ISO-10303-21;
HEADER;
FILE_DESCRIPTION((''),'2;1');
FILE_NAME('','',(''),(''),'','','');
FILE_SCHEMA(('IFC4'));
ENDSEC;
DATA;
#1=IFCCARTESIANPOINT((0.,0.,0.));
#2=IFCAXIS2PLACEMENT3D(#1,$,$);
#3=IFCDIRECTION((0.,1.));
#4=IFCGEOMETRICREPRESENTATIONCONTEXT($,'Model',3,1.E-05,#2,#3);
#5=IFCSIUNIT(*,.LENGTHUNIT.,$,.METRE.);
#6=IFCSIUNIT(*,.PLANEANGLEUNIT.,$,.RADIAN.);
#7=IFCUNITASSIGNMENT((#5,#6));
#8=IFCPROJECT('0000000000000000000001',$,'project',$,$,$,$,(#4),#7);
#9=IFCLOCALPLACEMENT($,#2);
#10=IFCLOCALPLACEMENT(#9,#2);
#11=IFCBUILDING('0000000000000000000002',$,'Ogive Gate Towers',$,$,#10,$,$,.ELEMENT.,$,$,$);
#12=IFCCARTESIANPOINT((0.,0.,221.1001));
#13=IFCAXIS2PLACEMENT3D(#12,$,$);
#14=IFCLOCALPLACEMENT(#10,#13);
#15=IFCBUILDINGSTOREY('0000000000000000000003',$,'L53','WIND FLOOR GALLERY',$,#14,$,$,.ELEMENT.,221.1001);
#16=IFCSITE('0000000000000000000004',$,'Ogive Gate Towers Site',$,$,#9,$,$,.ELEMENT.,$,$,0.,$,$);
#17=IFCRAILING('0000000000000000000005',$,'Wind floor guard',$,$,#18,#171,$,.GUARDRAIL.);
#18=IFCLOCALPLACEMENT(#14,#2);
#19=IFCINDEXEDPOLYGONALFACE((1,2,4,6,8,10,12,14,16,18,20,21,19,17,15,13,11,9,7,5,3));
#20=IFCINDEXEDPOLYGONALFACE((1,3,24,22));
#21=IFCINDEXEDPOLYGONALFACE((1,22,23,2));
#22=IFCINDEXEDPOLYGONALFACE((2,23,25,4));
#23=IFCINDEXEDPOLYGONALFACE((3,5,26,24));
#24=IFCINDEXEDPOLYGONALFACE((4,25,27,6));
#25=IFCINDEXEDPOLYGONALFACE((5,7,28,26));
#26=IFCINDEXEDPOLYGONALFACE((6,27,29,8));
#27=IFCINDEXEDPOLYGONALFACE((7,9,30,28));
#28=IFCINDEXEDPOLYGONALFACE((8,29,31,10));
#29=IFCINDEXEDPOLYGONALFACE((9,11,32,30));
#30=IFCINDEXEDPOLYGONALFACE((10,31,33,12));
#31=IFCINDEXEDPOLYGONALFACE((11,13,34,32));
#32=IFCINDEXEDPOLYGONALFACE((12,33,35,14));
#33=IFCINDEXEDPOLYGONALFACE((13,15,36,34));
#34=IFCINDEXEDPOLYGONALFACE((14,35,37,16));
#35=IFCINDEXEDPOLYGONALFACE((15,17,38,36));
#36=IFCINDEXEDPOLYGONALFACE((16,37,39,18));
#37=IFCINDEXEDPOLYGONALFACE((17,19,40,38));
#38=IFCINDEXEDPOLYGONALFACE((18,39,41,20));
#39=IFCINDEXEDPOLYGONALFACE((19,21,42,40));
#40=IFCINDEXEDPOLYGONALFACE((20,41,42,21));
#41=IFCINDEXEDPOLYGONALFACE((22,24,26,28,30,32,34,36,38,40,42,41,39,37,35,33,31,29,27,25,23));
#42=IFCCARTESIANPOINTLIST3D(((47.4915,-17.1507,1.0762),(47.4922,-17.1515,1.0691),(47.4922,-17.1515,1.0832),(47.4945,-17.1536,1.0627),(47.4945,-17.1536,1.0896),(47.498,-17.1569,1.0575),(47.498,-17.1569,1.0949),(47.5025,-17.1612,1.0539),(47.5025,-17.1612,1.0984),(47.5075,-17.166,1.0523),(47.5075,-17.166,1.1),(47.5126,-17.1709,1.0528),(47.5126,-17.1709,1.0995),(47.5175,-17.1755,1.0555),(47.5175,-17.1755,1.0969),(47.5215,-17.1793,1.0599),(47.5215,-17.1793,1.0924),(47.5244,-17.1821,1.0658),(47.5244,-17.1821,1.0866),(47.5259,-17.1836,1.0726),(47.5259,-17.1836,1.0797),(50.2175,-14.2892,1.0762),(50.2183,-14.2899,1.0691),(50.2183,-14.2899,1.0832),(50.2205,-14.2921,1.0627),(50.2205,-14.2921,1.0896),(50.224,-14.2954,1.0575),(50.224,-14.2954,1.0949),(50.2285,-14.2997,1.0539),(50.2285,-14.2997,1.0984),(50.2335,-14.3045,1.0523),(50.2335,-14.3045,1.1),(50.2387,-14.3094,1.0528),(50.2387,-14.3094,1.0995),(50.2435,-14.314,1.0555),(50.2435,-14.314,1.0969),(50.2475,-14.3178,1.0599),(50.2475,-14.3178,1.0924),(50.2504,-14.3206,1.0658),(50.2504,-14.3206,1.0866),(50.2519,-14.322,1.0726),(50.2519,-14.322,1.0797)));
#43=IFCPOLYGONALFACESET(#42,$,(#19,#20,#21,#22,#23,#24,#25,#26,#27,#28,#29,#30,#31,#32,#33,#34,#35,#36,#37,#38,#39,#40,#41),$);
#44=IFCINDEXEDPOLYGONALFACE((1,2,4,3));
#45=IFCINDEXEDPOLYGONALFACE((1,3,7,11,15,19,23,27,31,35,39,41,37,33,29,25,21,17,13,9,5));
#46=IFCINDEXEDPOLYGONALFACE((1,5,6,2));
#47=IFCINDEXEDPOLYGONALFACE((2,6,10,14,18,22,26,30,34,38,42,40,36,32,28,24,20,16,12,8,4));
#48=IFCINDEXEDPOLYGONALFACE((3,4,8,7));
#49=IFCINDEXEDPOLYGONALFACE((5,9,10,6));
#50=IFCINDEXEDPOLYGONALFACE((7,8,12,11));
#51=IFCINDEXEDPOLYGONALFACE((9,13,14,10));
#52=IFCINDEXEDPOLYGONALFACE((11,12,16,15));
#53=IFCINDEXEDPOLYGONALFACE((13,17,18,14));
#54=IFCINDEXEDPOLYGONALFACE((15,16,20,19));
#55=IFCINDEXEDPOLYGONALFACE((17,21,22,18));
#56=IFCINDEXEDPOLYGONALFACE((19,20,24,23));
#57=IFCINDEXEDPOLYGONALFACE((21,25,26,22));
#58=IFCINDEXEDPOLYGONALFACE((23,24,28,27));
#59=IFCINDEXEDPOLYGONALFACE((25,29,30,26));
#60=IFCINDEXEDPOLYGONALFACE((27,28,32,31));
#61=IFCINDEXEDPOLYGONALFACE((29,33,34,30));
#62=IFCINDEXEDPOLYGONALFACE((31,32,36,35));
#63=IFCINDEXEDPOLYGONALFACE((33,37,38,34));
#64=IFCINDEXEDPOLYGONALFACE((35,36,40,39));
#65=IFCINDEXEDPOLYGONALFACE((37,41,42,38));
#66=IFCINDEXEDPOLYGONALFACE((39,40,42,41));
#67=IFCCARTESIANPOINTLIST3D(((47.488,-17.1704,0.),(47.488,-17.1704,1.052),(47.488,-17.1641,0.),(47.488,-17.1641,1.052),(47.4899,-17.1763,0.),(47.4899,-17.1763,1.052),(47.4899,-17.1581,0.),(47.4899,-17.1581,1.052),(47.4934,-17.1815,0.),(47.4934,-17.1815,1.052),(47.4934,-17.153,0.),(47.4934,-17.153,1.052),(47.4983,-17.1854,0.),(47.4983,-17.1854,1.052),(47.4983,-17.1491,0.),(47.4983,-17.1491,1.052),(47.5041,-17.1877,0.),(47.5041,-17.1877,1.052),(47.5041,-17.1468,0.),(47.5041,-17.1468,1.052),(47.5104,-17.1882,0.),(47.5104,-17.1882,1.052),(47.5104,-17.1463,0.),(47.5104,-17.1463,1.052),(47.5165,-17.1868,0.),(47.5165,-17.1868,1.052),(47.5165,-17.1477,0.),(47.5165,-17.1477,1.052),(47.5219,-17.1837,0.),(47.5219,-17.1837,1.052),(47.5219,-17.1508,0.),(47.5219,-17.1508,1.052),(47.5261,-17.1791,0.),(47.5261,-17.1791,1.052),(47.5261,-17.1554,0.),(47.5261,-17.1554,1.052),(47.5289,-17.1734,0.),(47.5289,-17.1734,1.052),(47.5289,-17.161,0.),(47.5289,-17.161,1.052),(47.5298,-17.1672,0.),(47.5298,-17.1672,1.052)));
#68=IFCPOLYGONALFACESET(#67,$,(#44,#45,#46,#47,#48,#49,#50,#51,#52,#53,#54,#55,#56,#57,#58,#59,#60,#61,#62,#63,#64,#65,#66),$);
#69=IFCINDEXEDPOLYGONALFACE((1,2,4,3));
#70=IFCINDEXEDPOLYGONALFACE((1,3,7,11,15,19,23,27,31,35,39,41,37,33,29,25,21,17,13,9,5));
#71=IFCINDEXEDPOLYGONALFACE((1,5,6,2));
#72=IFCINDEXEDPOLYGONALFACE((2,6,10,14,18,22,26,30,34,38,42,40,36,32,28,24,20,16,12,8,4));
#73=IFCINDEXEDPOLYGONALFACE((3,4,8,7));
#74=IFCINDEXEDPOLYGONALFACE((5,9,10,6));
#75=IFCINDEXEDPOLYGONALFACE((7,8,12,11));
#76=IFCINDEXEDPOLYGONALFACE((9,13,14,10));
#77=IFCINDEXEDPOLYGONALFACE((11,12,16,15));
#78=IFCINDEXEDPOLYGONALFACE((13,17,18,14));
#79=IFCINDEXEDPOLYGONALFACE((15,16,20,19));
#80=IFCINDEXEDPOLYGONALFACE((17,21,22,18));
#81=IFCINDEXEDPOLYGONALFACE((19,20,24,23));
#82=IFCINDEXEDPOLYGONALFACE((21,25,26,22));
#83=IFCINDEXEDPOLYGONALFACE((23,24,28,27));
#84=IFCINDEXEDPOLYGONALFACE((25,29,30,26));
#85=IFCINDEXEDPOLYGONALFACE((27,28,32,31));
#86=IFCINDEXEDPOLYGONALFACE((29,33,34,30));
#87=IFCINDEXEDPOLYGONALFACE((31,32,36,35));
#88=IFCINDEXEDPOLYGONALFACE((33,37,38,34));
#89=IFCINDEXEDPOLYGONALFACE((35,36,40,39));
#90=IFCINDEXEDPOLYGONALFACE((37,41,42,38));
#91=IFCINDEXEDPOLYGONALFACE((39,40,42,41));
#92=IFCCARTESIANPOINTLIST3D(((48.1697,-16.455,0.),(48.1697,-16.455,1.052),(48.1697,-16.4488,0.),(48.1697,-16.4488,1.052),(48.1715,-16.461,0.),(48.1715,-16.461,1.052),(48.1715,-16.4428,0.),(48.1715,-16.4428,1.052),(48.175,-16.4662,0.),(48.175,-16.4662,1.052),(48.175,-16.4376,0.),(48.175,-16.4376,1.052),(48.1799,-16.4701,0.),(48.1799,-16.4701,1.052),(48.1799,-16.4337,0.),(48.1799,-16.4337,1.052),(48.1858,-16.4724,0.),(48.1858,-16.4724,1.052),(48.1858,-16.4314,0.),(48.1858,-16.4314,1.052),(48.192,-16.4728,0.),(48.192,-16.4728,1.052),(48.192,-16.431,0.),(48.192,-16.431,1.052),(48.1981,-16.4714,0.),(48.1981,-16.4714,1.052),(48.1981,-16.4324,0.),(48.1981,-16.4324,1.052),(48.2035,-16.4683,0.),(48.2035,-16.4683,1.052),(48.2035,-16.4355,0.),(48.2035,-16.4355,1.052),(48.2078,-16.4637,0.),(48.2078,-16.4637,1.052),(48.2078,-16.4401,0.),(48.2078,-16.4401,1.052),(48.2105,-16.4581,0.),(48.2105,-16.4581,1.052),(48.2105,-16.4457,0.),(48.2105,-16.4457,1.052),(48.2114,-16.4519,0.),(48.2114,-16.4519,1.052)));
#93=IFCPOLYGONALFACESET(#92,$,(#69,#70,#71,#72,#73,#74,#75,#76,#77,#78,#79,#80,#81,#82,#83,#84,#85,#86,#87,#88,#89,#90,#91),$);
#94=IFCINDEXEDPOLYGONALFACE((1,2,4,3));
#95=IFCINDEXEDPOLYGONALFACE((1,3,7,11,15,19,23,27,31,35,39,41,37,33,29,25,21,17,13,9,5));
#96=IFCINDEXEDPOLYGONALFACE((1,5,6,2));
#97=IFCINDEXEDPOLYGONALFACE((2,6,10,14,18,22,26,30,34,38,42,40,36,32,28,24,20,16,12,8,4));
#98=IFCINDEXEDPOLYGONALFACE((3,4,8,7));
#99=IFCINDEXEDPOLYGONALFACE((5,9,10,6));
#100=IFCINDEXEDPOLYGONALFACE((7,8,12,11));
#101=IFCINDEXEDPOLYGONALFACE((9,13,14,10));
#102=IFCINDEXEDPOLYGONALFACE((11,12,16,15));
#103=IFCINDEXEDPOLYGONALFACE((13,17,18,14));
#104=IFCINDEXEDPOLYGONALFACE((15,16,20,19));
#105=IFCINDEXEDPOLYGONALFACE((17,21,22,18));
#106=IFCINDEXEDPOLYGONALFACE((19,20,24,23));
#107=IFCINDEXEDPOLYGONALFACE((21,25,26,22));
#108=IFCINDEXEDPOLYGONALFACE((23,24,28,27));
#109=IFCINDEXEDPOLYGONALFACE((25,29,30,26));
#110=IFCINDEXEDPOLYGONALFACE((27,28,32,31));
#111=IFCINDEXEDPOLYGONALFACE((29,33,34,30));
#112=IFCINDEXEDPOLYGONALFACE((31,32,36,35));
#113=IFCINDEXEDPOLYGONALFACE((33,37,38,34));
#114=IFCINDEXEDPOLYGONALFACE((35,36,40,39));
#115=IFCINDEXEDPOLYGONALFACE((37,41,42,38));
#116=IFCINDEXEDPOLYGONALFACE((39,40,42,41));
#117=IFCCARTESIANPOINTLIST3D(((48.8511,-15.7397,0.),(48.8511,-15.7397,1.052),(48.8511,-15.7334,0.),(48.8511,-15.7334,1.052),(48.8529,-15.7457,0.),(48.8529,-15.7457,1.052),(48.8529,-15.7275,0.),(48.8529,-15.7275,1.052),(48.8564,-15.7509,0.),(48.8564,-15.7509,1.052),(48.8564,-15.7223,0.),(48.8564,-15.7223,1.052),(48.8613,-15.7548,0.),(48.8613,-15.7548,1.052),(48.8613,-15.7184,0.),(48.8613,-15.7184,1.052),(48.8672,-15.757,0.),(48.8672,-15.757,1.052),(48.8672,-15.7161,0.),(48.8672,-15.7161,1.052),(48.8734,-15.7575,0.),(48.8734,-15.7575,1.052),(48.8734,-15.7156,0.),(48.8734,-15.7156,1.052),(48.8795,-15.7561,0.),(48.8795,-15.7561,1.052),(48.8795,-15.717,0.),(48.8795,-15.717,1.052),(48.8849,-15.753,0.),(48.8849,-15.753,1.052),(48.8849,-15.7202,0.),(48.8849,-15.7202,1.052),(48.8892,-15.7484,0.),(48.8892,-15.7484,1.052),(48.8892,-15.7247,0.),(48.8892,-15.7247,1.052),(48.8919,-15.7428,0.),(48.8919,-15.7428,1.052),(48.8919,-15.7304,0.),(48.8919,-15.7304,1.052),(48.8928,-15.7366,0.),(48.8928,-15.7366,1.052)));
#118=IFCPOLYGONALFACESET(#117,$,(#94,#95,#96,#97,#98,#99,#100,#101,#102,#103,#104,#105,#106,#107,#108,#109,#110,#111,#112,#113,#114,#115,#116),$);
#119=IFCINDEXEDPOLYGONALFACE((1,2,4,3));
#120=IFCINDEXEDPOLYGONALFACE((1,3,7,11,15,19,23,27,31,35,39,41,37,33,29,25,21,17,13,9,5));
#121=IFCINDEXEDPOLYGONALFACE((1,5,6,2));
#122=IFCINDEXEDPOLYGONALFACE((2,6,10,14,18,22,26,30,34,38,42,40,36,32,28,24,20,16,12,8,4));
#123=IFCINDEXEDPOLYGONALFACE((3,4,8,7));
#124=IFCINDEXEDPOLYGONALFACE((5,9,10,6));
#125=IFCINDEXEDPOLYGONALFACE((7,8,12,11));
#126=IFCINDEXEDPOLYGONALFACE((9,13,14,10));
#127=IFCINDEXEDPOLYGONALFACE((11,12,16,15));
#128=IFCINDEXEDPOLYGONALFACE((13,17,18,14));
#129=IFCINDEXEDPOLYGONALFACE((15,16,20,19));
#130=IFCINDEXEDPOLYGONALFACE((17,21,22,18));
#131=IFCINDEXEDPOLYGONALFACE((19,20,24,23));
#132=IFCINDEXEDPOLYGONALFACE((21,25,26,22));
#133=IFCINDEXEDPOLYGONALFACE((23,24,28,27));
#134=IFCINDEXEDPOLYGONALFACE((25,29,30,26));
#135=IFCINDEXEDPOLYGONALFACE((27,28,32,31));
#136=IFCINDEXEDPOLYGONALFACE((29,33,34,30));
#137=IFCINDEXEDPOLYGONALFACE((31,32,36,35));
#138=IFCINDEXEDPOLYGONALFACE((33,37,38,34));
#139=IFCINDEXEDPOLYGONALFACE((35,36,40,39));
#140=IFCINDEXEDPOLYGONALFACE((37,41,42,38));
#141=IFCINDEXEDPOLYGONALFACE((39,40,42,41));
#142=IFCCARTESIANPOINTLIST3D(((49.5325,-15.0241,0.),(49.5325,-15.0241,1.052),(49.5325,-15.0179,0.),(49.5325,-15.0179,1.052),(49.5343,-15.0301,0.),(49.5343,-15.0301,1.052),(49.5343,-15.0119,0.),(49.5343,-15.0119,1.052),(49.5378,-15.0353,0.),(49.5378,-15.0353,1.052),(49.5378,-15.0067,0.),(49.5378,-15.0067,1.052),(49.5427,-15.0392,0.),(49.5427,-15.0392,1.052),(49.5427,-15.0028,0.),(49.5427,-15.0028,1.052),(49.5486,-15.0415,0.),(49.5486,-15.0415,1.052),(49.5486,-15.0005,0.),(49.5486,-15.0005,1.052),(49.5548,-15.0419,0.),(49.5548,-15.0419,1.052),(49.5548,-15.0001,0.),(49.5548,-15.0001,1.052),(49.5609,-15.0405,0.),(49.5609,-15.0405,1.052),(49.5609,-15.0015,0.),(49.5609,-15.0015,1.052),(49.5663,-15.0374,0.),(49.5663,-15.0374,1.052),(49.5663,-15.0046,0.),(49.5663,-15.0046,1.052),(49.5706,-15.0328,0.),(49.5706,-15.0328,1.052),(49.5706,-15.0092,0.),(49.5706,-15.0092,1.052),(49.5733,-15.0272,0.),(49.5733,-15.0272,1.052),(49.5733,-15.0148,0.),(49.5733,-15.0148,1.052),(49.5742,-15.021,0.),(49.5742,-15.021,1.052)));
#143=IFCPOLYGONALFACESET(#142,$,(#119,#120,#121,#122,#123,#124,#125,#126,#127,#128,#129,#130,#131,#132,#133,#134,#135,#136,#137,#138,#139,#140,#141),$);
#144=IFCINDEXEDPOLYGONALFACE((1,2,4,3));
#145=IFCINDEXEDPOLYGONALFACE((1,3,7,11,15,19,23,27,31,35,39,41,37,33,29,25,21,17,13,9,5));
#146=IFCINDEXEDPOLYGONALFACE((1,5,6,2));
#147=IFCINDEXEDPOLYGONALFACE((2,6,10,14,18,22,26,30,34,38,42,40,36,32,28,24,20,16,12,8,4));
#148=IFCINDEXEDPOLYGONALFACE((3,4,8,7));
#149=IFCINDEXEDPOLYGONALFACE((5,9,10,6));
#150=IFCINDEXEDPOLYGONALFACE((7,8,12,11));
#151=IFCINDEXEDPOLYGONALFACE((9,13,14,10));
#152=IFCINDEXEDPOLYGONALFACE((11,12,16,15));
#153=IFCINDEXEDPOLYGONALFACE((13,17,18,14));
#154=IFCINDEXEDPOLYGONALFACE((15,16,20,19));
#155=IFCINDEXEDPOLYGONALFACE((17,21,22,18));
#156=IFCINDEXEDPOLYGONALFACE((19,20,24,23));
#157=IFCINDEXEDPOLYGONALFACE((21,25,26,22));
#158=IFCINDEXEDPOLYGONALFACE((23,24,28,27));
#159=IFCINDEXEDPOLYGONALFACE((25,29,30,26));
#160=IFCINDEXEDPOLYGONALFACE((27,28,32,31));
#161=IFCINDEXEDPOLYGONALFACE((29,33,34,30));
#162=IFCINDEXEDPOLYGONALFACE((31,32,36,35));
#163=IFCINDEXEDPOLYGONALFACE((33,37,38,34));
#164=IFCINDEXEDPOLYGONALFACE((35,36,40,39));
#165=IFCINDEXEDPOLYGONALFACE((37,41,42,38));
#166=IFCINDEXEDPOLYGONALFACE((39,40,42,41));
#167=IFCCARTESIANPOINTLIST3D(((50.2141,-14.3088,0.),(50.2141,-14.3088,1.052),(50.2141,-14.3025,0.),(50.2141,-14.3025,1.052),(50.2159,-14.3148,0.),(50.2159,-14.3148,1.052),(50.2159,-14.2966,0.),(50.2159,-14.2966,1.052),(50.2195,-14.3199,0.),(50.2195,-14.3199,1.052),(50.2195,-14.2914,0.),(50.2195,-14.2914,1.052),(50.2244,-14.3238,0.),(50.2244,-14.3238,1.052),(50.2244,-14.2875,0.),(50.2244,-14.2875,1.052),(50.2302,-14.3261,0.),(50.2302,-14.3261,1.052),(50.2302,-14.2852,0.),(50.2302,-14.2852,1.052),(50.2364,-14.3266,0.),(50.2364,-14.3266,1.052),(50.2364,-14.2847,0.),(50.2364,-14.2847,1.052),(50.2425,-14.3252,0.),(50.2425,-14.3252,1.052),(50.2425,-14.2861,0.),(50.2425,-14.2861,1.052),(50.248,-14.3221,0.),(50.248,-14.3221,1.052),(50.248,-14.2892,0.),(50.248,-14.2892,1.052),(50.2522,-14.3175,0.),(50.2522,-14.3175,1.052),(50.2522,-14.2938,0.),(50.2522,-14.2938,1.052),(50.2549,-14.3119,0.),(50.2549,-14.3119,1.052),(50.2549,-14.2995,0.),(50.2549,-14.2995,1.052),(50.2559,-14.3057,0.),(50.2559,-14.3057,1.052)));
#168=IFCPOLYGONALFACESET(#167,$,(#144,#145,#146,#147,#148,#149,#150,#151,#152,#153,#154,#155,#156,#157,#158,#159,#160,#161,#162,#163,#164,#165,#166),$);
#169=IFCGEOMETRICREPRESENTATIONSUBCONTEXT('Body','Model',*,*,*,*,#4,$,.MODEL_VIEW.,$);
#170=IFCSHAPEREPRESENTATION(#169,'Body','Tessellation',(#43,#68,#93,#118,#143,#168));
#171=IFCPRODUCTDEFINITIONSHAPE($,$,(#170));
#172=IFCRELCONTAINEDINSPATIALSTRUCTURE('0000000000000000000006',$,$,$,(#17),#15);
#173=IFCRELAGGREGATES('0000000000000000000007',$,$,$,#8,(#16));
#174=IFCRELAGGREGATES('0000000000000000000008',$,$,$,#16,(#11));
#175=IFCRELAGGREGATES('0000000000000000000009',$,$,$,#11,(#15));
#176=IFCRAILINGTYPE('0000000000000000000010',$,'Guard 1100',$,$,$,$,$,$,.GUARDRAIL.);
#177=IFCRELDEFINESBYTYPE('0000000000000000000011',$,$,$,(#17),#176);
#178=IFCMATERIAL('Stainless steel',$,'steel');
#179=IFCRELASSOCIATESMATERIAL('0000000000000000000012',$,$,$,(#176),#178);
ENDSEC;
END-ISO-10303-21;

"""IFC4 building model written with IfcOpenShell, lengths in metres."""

from ifc_helpers import new_model, si_unit, direction, frame, origin, origin_2d, place, context, subcontext, project, spatial, circle, extrude, material, type_object, element, save


model = new_model("IFC4")

# Units and contexts
model_context = context("Model", 3, precision=1e-05, world=origin(), true_north=direction((0.0, 1.0)))
body_context = subcontext(model_context, "Body", "Model", "MODEL_VIEW")
ifc_project = project(units=[si_unit("LENGTHUNIT", "METRE"), si_unit("PLANEANGLEUNIT", "RADIAN")], contexts=[model_context])

# Site, building, storey
site_placement = place(None, origin())
site = spatial("IfcSite", under=ifc_project, at=site_placement, Name="Ogive Gate Towers Site", CompositionType="ELEMENT", RefElevation=0.0)
building_placement = place(site_placement, origin())
building = spatial("IfcBuilding", under=site, at=building_placement, Name="Ogive Gate Towers", CompositionType="ELEMENT")
storey_placement = place(building_placement, frame((0.0, 0.0, 221.1001)))
storey = spatial("IfcBuildingStorey", under=building, at=storey_placement, Name="L53", Description="WIND FLOOR GALLERY", CompositionType="ELEMENT", Elevation=221.1001)

# Railing
ifc_material_1 = material(Name="Stainless steel", Category="steel")
railing_type = type_object("IfcRailingType", Name="Guard 1100", PredefinedType="GUARDRAIL", material=ifc_material_1)
railing_1_placement = place(storey_placement, frame((47.5088, -17.1672, 0.0)))
element("IfcRailing", 1, at=railing_1_placement, inside=storey, type_object=railing_type, Name="Wind floor guard", PredefinedType="GUARDRAIL", context=body_context, shape_type="SweptSolid", body=[
    extrude(circle(Radius=0.0239, at=origin_2d()), frame((0.0, 0.0, 1.0762), z_axis=(0.689757, 0.724041, 0.0), x_axis=(-0.724041, 0.689757, 0.0)), (0.0, 0.0, 1.0), 3.9521),
    extrude(circle(Radius=0.021, at=origin_2d()), origin(), (0.0, 0.0, 1.0), 1.052),
    extrude(circle(Radius=0.021, at=origin_2d()), frame((0.6816, 0.7153, 0.0)), (0.0, 0.0, 1.0), 1.052),
    extrude(circle(Radius=0.021, at=origin_2d()), frame((1.363, 1.4307, 0.0)), (0.0, 0.0, 1.0), 1.052),
    extrude(circle(Radius=0.021, at=origin_2d()), frame((2.0444, 2.1462, 0.0)), (0.0, 0.0, 1.0), 1.052),
    extrude(circle(Radius=0.021, at=origin_2d()), frame((2.7261, 2.8616, 0.0)), (0.0, 0.0, 1.0), 1.052),
])

save(model, "model.ifc")
